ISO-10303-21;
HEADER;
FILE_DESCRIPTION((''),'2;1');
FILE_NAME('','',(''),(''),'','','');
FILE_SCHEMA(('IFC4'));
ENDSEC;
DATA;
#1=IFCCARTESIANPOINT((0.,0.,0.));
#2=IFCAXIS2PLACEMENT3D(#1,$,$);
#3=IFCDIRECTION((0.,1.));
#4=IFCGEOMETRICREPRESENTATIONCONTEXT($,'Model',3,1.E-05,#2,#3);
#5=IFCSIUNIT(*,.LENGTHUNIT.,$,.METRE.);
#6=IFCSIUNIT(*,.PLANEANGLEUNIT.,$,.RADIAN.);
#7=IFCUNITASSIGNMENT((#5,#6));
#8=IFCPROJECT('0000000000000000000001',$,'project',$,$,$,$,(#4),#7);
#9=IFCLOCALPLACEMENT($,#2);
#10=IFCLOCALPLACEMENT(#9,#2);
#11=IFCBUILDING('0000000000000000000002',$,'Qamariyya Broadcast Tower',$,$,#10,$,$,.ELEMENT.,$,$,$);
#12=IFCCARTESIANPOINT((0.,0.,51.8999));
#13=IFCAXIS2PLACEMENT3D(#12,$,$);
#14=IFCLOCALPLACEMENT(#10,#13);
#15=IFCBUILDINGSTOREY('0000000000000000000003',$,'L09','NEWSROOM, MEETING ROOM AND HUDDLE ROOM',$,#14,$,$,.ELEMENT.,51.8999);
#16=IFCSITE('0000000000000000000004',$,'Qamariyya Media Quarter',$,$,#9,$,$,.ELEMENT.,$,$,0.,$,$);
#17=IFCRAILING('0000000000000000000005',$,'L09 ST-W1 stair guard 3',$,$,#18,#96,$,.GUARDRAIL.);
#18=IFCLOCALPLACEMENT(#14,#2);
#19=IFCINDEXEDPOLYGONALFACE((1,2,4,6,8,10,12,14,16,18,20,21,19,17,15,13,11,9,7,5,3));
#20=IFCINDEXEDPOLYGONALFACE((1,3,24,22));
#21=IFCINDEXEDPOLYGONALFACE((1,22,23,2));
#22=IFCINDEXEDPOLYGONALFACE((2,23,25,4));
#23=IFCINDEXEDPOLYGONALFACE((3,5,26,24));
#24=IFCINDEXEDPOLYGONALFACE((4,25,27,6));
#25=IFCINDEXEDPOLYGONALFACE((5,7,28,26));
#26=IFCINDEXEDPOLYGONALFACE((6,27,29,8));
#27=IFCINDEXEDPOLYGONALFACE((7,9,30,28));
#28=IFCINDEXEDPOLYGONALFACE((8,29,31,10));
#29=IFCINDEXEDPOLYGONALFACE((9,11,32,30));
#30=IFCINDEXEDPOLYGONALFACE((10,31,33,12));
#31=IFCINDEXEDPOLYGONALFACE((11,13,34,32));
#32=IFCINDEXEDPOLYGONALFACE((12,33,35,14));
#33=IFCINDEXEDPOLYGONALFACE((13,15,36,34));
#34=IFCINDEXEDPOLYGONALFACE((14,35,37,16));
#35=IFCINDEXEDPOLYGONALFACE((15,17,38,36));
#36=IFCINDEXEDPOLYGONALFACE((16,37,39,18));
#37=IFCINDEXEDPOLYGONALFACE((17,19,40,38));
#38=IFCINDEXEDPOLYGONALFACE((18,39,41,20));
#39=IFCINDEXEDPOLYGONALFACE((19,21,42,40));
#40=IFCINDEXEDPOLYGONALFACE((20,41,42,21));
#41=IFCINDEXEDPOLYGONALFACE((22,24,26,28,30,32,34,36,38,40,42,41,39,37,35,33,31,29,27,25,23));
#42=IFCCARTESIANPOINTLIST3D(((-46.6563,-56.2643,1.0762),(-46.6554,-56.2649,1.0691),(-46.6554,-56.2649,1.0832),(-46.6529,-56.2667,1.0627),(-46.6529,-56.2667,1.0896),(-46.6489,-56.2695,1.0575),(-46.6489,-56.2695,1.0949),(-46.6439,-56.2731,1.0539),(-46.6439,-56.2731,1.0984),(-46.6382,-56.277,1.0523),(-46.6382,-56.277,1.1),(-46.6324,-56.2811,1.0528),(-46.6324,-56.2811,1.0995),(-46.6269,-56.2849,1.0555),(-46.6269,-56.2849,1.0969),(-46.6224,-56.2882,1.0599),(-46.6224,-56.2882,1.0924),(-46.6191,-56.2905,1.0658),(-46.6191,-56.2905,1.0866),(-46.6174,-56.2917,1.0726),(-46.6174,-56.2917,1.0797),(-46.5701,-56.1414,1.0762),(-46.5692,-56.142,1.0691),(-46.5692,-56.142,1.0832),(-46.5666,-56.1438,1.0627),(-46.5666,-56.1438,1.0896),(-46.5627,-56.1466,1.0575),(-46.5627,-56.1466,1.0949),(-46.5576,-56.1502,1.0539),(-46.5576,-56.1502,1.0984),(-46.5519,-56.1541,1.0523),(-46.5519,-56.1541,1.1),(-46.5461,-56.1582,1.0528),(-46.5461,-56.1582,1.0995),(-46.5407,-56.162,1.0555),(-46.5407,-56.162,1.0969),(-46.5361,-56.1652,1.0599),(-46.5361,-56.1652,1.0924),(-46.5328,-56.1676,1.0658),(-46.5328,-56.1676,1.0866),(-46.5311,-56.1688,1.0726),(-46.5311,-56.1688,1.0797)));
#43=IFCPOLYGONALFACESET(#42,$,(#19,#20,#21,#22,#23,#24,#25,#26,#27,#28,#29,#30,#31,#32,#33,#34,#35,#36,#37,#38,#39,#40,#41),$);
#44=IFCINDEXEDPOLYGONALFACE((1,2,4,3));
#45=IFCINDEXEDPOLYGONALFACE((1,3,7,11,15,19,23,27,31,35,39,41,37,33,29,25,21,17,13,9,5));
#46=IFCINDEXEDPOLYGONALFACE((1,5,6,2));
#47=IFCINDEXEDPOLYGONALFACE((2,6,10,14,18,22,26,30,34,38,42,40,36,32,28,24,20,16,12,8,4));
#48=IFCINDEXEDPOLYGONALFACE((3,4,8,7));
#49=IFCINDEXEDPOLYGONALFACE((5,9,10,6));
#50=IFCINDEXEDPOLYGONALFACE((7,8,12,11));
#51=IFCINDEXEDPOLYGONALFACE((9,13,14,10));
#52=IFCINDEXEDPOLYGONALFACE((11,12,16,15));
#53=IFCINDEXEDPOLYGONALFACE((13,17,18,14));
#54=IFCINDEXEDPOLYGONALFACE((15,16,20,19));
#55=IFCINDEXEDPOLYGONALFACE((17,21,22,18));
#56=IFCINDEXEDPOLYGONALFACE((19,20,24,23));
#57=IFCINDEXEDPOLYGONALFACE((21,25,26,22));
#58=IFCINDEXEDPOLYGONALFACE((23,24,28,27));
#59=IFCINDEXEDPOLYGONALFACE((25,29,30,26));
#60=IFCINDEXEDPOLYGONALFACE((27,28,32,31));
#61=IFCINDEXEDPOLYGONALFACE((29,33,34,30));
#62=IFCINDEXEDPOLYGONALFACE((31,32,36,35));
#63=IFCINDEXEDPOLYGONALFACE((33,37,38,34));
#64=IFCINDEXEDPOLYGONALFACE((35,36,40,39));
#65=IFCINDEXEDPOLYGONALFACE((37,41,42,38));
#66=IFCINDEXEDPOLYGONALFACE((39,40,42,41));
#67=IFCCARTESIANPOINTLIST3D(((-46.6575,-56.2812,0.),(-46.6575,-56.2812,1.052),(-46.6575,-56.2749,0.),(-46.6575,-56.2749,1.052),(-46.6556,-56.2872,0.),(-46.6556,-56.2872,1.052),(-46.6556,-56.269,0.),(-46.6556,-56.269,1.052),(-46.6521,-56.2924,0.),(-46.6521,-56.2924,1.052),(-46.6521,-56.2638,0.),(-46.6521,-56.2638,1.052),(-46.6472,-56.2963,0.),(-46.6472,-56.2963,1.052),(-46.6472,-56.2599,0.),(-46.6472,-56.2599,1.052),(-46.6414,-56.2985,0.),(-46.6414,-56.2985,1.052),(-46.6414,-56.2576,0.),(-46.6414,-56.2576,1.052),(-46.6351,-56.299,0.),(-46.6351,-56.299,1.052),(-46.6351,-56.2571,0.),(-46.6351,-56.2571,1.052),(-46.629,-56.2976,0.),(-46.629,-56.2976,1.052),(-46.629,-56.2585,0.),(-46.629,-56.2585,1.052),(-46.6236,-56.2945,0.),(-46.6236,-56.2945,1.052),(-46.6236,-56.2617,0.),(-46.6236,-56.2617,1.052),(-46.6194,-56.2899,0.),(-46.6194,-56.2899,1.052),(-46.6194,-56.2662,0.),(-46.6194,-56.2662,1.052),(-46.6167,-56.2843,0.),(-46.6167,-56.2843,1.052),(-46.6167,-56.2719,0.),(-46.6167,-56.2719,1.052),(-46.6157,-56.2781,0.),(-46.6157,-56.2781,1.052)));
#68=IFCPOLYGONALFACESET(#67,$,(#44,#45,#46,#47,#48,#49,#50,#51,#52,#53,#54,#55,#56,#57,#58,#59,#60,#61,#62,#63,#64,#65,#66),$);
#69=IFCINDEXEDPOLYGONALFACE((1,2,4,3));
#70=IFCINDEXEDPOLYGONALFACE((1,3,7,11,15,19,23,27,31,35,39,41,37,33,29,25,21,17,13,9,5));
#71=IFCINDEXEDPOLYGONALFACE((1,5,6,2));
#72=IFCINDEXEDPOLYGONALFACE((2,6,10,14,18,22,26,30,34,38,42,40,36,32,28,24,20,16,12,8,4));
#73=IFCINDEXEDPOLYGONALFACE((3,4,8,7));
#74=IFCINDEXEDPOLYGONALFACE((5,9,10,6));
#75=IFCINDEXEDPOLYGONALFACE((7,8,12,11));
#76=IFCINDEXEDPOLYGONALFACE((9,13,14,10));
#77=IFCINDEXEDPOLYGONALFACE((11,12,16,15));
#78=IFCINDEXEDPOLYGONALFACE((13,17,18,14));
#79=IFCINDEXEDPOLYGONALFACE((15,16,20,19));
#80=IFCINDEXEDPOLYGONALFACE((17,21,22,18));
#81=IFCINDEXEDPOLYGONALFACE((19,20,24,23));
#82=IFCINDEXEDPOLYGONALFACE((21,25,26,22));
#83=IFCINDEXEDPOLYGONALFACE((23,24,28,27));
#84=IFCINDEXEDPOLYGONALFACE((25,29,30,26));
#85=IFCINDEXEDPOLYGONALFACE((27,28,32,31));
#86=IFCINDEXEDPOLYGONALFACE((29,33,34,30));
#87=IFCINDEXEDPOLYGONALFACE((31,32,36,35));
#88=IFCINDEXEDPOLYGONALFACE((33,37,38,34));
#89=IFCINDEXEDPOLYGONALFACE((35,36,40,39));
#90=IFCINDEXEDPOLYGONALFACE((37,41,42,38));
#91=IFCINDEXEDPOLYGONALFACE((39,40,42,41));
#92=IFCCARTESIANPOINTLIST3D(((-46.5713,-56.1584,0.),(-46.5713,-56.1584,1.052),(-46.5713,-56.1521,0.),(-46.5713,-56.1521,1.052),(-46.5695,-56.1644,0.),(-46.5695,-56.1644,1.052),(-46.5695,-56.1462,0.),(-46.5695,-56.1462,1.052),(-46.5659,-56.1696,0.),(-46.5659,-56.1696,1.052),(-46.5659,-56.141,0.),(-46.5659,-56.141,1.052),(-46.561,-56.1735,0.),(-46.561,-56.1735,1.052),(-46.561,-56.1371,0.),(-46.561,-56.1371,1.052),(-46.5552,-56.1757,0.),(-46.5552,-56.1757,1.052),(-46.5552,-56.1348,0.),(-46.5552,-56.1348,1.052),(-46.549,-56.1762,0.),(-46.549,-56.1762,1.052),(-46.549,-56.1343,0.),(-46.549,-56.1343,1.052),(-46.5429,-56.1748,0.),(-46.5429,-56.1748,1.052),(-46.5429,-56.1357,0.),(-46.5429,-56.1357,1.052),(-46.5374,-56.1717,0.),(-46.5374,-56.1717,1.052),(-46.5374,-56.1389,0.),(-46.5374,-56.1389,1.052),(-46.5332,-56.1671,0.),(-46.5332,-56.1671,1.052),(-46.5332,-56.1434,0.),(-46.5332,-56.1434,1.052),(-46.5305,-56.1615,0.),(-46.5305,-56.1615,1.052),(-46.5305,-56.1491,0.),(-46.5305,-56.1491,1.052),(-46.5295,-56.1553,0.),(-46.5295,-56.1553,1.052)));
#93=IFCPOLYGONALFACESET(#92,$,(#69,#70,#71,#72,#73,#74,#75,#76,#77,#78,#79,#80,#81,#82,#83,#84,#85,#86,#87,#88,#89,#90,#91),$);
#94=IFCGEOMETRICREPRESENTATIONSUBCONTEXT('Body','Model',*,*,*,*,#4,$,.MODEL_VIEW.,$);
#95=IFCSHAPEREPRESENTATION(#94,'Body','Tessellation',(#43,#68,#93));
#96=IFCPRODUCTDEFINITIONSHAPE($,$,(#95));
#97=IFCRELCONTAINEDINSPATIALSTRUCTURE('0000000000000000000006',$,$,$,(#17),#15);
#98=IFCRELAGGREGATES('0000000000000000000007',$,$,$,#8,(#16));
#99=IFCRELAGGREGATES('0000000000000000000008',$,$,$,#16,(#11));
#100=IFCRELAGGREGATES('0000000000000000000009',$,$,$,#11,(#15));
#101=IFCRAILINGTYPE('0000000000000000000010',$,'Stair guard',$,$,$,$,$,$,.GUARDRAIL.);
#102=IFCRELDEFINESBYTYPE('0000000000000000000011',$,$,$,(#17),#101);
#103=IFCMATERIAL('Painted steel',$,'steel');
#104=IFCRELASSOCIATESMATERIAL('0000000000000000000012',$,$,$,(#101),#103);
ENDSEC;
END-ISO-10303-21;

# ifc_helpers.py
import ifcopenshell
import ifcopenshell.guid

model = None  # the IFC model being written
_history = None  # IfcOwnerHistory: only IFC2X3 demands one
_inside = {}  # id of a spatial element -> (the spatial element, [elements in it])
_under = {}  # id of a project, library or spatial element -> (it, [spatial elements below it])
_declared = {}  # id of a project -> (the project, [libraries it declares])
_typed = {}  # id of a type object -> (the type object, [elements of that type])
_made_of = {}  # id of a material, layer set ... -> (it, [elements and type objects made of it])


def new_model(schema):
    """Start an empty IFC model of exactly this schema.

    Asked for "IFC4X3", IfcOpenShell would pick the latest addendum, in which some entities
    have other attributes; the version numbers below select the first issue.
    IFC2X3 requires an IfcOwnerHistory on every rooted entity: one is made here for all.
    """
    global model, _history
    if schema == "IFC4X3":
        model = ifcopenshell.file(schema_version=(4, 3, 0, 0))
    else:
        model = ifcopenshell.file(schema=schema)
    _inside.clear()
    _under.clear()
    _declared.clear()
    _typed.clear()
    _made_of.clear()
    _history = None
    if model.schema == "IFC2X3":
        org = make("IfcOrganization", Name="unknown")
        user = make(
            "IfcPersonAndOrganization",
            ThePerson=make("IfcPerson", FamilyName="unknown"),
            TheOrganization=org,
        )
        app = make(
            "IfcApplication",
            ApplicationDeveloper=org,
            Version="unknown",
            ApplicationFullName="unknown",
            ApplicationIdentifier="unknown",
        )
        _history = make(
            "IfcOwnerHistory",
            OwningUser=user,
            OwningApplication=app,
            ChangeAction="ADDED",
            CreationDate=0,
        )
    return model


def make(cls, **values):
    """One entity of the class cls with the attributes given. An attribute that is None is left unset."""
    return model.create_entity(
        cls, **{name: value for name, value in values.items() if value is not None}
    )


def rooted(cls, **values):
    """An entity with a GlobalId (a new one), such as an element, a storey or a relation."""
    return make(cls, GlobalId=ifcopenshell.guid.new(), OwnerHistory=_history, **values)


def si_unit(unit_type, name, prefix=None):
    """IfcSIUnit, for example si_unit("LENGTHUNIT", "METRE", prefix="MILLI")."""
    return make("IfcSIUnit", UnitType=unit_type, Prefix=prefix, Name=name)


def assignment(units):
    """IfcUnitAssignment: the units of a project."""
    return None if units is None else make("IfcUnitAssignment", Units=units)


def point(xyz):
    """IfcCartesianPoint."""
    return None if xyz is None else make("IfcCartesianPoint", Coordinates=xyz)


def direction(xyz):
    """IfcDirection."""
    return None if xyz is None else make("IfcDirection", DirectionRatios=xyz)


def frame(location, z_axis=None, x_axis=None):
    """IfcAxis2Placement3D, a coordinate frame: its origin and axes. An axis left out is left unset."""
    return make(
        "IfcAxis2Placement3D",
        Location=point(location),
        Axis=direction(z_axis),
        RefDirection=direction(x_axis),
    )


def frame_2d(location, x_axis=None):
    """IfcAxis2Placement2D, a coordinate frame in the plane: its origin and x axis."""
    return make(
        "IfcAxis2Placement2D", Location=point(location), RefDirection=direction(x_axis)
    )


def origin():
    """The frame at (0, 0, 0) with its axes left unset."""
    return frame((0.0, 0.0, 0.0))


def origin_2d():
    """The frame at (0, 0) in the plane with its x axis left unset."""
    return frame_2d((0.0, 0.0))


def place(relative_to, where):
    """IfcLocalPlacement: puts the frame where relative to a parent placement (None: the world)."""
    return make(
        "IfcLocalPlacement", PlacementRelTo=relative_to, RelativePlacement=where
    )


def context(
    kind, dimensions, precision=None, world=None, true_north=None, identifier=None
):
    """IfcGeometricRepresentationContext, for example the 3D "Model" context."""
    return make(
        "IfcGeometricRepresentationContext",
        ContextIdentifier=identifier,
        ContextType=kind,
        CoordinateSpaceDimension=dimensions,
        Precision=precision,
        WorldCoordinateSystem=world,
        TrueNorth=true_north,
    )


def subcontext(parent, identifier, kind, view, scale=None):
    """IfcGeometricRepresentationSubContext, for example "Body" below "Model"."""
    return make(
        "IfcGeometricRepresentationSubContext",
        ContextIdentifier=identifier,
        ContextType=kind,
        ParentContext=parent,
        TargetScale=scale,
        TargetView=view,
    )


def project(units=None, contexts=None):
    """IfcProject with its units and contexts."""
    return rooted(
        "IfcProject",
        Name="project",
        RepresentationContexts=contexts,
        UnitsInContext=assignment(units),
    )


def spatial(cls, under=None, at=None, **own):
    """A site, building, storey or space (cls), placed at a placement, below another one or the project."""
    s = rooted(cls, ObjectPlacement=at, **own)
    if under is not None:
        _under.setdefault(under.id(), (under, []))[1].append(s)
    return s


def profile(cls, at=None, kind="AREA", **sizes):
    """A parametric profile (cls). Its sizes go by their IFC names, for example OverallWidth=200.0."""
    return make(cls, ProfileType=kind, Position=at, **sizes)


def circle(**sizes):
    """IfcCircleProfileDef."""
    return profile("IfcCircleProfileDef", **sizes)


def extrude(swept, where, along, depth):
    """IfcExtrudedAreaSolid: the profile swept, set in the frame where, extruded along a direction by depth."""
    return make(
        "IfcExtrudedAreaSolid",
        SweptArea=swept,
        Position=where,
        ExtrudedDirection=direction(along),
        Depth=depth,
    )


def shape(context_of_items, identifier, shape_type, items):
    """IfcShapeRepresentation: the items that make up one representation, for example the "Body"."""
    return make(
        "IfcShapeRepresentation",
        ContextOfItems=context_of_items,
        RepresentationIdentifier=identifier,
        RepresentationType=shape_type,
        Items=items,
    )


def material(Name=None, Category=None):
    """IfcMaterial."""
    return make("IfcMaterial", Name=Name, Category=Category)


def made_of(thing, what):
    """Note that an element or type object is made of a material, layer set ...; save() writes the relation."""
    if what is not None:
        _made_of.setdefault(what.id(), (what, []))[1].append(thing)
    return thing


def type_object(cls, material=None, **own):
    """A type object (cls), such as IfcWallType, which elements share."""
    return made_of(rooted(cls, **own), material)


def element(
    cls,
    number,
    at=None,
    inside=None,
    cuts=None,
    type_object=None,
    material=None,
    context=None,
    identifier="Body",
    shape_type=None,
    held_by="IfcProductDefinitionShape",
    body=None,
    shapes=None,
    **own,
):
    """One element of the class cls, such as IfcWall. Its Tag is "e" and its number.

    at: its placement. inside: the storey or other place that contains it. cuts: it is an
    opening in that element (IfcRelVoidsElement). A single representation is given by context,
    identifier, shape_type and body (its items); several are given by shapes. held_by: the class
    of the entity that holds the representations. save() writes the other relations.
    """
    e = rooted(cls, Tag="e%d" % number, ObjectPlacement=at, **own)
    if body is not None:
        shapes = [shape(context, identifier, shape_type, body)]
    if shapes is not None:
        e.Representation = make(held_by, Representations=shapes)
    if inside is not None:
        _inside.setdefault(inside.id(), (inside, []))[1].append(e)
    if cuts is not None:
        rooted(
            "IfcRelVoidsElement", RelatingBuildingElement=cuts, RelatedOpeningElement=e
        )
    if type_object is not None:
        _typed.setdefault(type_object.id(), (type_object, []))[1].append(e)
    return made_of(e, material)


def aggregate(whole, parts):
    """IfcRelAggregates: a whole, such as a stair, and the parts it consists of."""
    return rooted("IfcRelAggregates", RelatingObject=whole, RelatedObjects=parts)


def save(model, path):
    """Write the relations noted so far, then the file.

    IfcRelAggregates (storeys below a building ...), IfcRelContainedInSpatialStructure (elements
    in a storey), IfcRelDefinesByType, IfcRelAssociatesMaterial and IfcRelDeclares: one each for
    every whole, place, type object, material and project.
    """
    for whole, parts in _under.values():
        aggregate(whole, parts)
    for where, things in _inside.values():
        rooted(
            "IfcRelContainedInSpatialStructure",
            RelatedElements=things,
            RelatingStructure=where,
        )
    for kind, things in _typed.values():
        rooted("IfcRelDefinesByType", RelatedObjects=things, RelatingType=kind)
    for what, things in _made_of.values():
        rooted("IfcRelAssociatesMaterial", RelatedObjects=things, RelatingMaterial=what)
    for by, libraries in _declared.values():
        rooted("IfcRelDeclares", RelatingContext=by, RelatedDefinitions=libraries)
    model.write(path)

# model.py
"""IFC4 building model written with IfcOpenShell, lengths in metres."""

from ifc_helpers import new_model, si_unit, direction, frame, origin, origin_2d, place, context, subcontext, project, spatial, circle, extrude, material, type_object, element, save


model = new_model("IFC4")

# Units and contexts
model_context = context("Model", 3, precision=1e-05, world=origin(), true_north=direction((0.0, 1.0)))
body_context = subcontext(model_context, "Body", "Model", "MODEL_VIEW")
ifc_project = project(units=[si_unit("LENGTHUNIT", "METRE"), si_unit("PLANEANGLEUNIT", "RADIAN")], contexts=[model_context])

# Site, building, storey
site_placement = place(None, origin())
site = spatial("IfcSite", under=ifc_project, at=site_placement, Name="Qamariyya Media Quarter", CompositionType="ELEMENT", RefElevation=0.0)
building_placement = place(site_placement, origin())
building = spatial("IfcBuilding", under=site, at=building_placement, Name="Qamariyya Broadcast Tower", CompositionType="ELEMENT")
storey_placement = place(building_placement, frame((0.0, 0.0, 51.8999)))
storey = spatial("IfcBuildingStorey", under=building, at=storey_placement, Name="L09", Description="NEWSROOM, MEETING ROOM AND HUDDLE ROOM", CompositionType="ELEMENT", Elevation=51.8999)

# Railing
ifc_material_1 = material(Name="Painted steel", Category="steel")
railing_type_1 = type_object("IfcRailingType", Name="Stair guard", PredefinedType="GUARDRAIL", material=ifc_material_1)
railing_1_placement = place(storey_placement, frame((-46.6367, -56.2781, 0.0)))
element("IfcRailing", 1, at=railing_1_placement, inside=storey, type_object=railing_type_1, Name="L09 ST-W1 stair guard 3", PredefinedType="GUARDRAIL", context=body_context, shape_type="SweptSolid", body=[
    extrude(circle(Radius=0.0239, at=origin_2d()), frame((0.0, 0.0, 1.0762), z_axis=(0.574445, 0.818543, 0.0), x_axis=(-0.818543, 0.574445, 0.0)), (0.0, 0.0, 1.0), 0.1501),
    extrude(circle(Radius=0.021, at=origin_2d()), origin(), (0.0, 0.0, 1.0), 1.052),
    extrude(circle(Radius=0.021, at=origin_2d()), frame((0.0862, 0.1228, 0.0)), (0.0, 0.0, 1.0), 1.052),
])

save(model, "model.ifc")
